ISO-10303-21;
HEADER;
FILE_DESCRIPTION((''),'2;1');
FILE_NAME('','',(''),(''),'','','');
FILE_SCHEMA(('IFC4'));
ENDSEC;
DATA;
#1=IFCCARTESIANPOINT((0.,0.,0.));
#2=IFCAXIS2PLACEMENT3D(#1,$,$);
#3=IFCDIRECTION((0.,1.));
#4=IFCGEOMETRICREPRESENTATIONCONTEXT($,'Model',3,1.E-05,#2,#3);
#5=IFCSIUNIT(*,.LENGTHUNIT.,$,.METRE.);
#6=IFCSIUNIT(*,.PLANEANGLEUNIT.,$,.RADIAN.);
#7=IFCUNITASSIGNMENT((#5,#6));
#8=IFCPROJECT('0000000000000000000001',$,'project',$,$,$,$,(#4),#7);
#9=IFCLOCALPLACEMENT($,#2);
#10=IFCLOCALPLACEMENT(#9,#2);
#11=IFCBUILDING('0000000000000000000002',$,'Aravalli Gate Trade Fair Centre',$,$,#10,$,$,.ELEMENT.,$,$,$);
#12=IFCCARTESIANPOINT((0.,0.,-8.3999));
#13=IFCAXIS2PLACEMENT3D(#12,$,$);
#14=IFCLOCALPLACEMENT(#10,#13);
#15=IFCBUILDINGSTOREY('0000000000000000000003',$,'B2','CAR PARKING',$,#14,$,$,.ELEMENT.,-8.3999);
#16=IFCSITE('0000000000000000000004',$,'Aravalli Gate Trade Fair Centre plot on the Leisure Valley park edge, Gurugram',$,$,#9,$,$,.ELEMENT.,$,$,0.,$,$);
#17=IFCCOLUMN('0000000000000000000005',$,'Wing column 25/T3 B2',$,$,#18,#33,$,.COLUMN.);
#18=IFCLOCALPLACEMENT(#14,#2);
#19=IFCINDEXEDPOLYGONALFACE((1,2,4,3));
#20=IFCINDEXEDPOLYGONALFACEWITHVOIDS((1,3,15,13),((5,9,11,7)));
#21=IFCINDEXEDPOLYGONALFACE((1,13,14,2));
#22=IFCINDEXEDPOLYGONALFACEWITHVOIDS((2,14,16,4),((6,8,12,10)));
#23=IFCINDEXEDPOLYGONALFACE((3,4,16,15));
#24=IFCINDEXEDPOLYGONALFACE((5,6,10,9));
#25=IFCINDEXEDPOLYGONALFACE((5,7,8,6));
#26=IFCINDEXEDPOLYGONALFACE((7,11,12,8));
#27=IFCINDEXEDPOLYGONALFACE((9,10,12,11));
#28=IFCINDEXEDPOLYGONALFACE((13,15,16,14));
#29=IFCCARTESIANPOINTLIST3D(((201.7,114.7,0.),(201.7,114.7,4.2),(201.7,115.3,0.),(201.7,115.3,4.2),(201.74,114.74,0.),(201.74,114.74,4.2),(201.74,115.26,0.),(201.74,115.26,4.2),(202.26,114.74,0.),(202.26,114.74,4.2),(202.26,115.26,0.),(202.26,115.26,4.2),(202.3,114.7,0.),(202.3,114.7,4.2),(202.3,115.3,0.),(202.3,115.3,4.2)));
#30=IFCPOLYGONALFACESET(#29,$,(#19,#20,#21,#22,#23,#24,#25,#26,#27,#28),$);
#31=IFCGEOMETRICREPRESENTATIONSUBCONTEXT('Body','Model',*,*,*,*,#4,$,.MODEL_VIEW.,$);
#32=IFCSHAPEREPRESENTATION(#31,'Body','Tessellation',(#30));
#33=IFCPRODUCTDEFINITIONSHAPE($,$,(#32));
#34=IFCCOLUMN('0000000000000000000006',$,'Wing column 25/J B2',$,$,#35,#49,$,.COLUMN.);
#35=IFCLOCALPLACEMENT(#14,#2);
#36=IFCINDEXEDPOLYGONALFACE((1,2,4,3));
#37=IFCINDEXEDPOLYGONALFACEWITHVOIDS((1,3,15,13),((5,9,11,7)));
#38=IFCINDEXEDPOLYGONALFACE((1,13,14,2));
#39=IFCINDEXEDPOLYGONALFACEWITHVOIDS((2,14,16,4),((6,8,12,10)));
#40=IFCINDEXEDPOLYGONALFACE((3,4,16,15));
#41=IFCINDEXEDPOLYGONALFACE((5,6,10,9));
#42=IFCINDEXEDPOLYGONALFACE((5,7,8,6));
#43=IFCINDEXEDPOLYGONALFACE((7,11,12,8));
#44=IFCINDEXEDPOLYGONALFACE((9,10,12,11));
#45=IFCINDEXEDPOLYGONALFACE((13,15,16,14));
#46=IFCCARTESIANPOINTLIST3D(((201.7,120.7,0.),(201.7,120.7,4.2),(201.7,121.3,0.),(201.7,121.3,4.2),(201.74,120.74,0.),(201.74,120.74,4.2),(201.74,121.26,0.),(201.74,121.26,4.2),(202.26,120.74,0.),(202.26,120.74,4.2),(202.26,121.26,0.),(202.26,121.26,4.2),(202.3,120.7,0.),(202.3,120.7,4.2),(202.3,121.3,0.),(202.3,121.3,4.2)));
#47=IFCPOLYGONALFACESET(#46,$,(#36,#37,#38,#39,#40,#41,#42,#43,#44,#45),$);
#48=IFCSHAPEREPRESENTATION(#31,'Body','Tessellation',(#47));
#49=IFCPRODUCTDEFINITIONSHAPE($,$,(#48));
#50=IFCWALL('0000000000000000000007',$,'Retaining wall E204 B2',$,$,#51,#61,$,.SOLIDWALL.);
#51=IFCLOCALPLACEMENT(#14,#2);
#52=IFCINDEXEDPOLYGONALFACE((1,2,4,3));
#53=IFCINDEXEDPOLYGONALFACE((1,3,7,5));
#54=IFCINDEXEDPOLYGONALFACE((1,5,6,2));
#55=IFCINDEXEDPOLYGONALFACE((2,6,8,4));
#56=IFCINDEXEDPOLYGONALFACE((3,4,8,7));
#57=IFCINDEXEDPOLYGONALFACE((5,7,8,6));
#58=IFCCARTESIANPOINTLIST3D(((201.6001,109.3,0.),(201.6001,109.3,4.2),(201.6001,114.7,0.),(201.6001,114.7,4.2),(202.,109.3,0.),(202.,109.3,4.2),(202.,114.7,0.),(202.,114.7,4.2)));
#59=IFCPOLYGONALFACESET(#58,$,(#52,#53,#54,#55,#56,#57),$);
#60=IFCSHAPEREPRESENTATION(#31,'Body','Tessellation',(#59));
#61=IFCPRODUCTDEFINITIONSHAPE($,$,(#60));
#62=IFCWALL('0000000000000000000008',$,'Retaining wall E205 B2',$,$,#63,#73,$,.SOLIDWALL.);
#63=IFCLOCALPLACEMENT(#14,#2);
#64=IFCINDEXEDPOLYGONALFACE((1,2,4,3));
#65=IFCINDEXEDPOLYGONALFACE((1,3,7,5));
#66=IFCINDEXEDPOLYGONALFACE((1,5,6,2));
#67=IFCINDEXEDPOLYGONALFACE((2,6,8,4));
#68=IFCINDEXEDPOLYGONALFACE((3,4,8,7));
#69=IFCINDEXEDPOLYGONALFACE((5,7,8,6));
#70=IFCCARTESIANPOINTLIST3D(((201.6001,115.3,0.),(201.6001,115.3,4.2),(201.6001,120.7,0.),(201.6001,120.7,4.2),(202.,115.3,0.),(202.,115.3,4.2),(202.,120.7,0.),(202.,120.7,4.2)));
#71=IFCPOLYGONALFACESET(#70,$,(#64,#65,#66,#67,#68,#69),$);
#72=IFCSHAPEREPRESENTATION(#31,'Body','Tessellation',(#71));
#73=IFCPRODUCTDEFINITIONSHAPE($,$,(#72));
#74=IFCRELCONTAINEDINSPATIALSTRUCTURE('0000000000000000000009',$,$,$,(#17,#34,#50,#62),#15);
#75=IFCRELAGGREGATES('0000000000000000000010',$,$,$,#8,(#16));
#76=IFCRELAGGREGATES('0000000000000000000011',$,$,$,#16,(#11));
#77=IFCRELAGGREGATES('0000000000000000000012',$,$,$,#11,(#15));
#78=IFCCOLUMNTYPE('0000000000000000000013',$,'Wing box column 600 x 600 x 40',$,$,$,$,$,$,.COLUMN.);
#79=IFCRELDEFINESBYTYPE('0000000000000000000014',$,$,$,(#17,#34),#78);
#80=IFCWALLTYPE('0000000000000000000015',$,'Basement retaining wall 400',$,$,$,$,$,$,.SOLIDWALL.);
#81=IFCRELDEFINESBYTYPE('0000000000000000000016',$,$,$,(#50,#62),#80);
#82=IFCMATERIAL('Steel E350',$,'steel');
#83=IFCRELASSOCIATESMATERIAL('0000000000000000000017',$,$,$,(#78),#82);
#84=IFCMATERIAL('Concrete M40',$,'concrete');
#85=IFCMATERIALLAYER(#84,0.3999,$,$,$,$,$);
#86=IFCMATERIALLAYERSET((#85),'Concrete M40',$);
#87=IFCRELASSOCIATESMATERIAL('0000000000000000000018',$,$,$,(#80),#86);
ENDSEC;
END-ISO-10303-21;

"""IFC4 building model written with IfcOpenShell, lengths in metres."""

from ifc_helpers import new_model, si_unit, direction, frame, frame_2d, origin, origin_2d, place, context, subcontext, project, spatial, rectangle, hollow_rectangle, extrude, material, layer, layer_set, material_profile, profile_set, type_object, element, save


model = new_model("IFC4")

# Units and contexts
model_context = context("Model", 3, precision=1e-05, world=origin(), true_north=direction((0.0, 1.0)))
body_context = subcontext(model_context, "Body", "Model", "MODEL_VIEW")
ifc_project = project(units=[si_unit("LENGTHUNIT", "METRE"), si_unit("PLANEANGLEUNIT", "RADIAN")], contexts=[model_context])

# Site, building, storey
site_placement = place(None, origin())
site = spatial("IfcSite", under=ifc_project, at=site_placement, Name="Aravalli Gate Trade Fair Centre plot on the Leisure Valley park edge, Gurugram", CompositionType="ELEMENT", RefElevation=0.0)
building_placement = place(site_placement, origin())
building = spatial("IfcBuilding", under=site, at=building_placement, Name="Aravalli Gate Trade Fair Centre", CompositionType="ELEMENT")
storey_placement = place(building_placement, frame((0.0, 0.0, -8.3999)))
storey = spatial("IfcBuildingStorey", under=building, at=storey_placement, Name="B2", Description="CAR PARKING", CompositionType="ELEMENT", Elevation=-8.3999)

# Columns
ifc_material_1 = material(Name="Steel E350", Category="steel")
ifc_material_profile_1 = material_profile(ifc_material_1, hollow_rectangle(XDim=0.6001, YDim=0.6001, WallThickness=0.04, at=origin_2d()), Name="BOX 600x600x40")
ifc_profile_set_1 = profile_set([ifc_material_profile_1], Name="Steel E350")
column_type_1 = type_object("IfcColumnType", Name="Wing box column 600 x 600 x 40", PredefinedType="COLUMN", material=ifc_profile_set_1)
for number, where, z_axis, x_axis, name in (
    (1, (202.0, 115.0, 0.0), (0.0, 0.0, 1.0), (1.0, 0.0, 0.0), "Wing column 25/T3 B2"),
    (2, (202.0, 121.0, 0.0), (0.0, 0.0, 1.0), (1.0, 0.0, 0.0), "Wing column 25/J B2"),
):
    element("IfcColumn", number, at=place(storey_placement, frame(where, z_axis=z_axis, x_axis=x_axis)), inside=storey, type_object=column_type_1, Name=name, PredefinedType="COLUMN", context=body_context, shape_type="SweptSolid", body=[
        extrude(hollow_rectangle(XDim=0.6001, YDim=0.6001, WallThickness=0.04, at=origin_2d()), origin(), (0.0, 0.0, 1.0), 4.2),
    ])

# Walls
ifc_material_2 = material(Name="Concrete M40", Category="concrete")
ifc_layer = layer(ifc_material_2, 0.3999)
ifc_layer_set = layer_set([ifc_layer], Name="Concrete M40")
wall_type = type_object("IfcWallType", Name="Basement retaining wall 400", PredefinedType="SOLIDWALL", material=ifc_layer_set)
for number, where, z_axis, x_axis, name in (
    (3, (201.8, 109.3, 0.0), (0.0, 0.0, 1.0), (0.0, 1.0, 0.0), "Retaining wall E204 B2"),
    (4, (201.8, 115.3, 0.0), (0.0, 0.0, 1.0), (0.0, 1.0, 0.0), "Retaining wall E205 B2"),
):
    element("IfcWall", number, at=place(storey_placement, frame(where, z_axis=z_axis, x_axis=x_axis)), inside=storey, type_object=wall_type, Name=name, PredefinedType="SOLIDWALL", context=body_context, shape_type="SweptSolid", body=[
        extrude(rectangle(XDim=5.3999, YDim=0.3999, at=frame_2d((2.7, 0.0))), origin(), (0.0, 0.0, 1.0), 4.2),
    ])

save(model, "model.ifc")
